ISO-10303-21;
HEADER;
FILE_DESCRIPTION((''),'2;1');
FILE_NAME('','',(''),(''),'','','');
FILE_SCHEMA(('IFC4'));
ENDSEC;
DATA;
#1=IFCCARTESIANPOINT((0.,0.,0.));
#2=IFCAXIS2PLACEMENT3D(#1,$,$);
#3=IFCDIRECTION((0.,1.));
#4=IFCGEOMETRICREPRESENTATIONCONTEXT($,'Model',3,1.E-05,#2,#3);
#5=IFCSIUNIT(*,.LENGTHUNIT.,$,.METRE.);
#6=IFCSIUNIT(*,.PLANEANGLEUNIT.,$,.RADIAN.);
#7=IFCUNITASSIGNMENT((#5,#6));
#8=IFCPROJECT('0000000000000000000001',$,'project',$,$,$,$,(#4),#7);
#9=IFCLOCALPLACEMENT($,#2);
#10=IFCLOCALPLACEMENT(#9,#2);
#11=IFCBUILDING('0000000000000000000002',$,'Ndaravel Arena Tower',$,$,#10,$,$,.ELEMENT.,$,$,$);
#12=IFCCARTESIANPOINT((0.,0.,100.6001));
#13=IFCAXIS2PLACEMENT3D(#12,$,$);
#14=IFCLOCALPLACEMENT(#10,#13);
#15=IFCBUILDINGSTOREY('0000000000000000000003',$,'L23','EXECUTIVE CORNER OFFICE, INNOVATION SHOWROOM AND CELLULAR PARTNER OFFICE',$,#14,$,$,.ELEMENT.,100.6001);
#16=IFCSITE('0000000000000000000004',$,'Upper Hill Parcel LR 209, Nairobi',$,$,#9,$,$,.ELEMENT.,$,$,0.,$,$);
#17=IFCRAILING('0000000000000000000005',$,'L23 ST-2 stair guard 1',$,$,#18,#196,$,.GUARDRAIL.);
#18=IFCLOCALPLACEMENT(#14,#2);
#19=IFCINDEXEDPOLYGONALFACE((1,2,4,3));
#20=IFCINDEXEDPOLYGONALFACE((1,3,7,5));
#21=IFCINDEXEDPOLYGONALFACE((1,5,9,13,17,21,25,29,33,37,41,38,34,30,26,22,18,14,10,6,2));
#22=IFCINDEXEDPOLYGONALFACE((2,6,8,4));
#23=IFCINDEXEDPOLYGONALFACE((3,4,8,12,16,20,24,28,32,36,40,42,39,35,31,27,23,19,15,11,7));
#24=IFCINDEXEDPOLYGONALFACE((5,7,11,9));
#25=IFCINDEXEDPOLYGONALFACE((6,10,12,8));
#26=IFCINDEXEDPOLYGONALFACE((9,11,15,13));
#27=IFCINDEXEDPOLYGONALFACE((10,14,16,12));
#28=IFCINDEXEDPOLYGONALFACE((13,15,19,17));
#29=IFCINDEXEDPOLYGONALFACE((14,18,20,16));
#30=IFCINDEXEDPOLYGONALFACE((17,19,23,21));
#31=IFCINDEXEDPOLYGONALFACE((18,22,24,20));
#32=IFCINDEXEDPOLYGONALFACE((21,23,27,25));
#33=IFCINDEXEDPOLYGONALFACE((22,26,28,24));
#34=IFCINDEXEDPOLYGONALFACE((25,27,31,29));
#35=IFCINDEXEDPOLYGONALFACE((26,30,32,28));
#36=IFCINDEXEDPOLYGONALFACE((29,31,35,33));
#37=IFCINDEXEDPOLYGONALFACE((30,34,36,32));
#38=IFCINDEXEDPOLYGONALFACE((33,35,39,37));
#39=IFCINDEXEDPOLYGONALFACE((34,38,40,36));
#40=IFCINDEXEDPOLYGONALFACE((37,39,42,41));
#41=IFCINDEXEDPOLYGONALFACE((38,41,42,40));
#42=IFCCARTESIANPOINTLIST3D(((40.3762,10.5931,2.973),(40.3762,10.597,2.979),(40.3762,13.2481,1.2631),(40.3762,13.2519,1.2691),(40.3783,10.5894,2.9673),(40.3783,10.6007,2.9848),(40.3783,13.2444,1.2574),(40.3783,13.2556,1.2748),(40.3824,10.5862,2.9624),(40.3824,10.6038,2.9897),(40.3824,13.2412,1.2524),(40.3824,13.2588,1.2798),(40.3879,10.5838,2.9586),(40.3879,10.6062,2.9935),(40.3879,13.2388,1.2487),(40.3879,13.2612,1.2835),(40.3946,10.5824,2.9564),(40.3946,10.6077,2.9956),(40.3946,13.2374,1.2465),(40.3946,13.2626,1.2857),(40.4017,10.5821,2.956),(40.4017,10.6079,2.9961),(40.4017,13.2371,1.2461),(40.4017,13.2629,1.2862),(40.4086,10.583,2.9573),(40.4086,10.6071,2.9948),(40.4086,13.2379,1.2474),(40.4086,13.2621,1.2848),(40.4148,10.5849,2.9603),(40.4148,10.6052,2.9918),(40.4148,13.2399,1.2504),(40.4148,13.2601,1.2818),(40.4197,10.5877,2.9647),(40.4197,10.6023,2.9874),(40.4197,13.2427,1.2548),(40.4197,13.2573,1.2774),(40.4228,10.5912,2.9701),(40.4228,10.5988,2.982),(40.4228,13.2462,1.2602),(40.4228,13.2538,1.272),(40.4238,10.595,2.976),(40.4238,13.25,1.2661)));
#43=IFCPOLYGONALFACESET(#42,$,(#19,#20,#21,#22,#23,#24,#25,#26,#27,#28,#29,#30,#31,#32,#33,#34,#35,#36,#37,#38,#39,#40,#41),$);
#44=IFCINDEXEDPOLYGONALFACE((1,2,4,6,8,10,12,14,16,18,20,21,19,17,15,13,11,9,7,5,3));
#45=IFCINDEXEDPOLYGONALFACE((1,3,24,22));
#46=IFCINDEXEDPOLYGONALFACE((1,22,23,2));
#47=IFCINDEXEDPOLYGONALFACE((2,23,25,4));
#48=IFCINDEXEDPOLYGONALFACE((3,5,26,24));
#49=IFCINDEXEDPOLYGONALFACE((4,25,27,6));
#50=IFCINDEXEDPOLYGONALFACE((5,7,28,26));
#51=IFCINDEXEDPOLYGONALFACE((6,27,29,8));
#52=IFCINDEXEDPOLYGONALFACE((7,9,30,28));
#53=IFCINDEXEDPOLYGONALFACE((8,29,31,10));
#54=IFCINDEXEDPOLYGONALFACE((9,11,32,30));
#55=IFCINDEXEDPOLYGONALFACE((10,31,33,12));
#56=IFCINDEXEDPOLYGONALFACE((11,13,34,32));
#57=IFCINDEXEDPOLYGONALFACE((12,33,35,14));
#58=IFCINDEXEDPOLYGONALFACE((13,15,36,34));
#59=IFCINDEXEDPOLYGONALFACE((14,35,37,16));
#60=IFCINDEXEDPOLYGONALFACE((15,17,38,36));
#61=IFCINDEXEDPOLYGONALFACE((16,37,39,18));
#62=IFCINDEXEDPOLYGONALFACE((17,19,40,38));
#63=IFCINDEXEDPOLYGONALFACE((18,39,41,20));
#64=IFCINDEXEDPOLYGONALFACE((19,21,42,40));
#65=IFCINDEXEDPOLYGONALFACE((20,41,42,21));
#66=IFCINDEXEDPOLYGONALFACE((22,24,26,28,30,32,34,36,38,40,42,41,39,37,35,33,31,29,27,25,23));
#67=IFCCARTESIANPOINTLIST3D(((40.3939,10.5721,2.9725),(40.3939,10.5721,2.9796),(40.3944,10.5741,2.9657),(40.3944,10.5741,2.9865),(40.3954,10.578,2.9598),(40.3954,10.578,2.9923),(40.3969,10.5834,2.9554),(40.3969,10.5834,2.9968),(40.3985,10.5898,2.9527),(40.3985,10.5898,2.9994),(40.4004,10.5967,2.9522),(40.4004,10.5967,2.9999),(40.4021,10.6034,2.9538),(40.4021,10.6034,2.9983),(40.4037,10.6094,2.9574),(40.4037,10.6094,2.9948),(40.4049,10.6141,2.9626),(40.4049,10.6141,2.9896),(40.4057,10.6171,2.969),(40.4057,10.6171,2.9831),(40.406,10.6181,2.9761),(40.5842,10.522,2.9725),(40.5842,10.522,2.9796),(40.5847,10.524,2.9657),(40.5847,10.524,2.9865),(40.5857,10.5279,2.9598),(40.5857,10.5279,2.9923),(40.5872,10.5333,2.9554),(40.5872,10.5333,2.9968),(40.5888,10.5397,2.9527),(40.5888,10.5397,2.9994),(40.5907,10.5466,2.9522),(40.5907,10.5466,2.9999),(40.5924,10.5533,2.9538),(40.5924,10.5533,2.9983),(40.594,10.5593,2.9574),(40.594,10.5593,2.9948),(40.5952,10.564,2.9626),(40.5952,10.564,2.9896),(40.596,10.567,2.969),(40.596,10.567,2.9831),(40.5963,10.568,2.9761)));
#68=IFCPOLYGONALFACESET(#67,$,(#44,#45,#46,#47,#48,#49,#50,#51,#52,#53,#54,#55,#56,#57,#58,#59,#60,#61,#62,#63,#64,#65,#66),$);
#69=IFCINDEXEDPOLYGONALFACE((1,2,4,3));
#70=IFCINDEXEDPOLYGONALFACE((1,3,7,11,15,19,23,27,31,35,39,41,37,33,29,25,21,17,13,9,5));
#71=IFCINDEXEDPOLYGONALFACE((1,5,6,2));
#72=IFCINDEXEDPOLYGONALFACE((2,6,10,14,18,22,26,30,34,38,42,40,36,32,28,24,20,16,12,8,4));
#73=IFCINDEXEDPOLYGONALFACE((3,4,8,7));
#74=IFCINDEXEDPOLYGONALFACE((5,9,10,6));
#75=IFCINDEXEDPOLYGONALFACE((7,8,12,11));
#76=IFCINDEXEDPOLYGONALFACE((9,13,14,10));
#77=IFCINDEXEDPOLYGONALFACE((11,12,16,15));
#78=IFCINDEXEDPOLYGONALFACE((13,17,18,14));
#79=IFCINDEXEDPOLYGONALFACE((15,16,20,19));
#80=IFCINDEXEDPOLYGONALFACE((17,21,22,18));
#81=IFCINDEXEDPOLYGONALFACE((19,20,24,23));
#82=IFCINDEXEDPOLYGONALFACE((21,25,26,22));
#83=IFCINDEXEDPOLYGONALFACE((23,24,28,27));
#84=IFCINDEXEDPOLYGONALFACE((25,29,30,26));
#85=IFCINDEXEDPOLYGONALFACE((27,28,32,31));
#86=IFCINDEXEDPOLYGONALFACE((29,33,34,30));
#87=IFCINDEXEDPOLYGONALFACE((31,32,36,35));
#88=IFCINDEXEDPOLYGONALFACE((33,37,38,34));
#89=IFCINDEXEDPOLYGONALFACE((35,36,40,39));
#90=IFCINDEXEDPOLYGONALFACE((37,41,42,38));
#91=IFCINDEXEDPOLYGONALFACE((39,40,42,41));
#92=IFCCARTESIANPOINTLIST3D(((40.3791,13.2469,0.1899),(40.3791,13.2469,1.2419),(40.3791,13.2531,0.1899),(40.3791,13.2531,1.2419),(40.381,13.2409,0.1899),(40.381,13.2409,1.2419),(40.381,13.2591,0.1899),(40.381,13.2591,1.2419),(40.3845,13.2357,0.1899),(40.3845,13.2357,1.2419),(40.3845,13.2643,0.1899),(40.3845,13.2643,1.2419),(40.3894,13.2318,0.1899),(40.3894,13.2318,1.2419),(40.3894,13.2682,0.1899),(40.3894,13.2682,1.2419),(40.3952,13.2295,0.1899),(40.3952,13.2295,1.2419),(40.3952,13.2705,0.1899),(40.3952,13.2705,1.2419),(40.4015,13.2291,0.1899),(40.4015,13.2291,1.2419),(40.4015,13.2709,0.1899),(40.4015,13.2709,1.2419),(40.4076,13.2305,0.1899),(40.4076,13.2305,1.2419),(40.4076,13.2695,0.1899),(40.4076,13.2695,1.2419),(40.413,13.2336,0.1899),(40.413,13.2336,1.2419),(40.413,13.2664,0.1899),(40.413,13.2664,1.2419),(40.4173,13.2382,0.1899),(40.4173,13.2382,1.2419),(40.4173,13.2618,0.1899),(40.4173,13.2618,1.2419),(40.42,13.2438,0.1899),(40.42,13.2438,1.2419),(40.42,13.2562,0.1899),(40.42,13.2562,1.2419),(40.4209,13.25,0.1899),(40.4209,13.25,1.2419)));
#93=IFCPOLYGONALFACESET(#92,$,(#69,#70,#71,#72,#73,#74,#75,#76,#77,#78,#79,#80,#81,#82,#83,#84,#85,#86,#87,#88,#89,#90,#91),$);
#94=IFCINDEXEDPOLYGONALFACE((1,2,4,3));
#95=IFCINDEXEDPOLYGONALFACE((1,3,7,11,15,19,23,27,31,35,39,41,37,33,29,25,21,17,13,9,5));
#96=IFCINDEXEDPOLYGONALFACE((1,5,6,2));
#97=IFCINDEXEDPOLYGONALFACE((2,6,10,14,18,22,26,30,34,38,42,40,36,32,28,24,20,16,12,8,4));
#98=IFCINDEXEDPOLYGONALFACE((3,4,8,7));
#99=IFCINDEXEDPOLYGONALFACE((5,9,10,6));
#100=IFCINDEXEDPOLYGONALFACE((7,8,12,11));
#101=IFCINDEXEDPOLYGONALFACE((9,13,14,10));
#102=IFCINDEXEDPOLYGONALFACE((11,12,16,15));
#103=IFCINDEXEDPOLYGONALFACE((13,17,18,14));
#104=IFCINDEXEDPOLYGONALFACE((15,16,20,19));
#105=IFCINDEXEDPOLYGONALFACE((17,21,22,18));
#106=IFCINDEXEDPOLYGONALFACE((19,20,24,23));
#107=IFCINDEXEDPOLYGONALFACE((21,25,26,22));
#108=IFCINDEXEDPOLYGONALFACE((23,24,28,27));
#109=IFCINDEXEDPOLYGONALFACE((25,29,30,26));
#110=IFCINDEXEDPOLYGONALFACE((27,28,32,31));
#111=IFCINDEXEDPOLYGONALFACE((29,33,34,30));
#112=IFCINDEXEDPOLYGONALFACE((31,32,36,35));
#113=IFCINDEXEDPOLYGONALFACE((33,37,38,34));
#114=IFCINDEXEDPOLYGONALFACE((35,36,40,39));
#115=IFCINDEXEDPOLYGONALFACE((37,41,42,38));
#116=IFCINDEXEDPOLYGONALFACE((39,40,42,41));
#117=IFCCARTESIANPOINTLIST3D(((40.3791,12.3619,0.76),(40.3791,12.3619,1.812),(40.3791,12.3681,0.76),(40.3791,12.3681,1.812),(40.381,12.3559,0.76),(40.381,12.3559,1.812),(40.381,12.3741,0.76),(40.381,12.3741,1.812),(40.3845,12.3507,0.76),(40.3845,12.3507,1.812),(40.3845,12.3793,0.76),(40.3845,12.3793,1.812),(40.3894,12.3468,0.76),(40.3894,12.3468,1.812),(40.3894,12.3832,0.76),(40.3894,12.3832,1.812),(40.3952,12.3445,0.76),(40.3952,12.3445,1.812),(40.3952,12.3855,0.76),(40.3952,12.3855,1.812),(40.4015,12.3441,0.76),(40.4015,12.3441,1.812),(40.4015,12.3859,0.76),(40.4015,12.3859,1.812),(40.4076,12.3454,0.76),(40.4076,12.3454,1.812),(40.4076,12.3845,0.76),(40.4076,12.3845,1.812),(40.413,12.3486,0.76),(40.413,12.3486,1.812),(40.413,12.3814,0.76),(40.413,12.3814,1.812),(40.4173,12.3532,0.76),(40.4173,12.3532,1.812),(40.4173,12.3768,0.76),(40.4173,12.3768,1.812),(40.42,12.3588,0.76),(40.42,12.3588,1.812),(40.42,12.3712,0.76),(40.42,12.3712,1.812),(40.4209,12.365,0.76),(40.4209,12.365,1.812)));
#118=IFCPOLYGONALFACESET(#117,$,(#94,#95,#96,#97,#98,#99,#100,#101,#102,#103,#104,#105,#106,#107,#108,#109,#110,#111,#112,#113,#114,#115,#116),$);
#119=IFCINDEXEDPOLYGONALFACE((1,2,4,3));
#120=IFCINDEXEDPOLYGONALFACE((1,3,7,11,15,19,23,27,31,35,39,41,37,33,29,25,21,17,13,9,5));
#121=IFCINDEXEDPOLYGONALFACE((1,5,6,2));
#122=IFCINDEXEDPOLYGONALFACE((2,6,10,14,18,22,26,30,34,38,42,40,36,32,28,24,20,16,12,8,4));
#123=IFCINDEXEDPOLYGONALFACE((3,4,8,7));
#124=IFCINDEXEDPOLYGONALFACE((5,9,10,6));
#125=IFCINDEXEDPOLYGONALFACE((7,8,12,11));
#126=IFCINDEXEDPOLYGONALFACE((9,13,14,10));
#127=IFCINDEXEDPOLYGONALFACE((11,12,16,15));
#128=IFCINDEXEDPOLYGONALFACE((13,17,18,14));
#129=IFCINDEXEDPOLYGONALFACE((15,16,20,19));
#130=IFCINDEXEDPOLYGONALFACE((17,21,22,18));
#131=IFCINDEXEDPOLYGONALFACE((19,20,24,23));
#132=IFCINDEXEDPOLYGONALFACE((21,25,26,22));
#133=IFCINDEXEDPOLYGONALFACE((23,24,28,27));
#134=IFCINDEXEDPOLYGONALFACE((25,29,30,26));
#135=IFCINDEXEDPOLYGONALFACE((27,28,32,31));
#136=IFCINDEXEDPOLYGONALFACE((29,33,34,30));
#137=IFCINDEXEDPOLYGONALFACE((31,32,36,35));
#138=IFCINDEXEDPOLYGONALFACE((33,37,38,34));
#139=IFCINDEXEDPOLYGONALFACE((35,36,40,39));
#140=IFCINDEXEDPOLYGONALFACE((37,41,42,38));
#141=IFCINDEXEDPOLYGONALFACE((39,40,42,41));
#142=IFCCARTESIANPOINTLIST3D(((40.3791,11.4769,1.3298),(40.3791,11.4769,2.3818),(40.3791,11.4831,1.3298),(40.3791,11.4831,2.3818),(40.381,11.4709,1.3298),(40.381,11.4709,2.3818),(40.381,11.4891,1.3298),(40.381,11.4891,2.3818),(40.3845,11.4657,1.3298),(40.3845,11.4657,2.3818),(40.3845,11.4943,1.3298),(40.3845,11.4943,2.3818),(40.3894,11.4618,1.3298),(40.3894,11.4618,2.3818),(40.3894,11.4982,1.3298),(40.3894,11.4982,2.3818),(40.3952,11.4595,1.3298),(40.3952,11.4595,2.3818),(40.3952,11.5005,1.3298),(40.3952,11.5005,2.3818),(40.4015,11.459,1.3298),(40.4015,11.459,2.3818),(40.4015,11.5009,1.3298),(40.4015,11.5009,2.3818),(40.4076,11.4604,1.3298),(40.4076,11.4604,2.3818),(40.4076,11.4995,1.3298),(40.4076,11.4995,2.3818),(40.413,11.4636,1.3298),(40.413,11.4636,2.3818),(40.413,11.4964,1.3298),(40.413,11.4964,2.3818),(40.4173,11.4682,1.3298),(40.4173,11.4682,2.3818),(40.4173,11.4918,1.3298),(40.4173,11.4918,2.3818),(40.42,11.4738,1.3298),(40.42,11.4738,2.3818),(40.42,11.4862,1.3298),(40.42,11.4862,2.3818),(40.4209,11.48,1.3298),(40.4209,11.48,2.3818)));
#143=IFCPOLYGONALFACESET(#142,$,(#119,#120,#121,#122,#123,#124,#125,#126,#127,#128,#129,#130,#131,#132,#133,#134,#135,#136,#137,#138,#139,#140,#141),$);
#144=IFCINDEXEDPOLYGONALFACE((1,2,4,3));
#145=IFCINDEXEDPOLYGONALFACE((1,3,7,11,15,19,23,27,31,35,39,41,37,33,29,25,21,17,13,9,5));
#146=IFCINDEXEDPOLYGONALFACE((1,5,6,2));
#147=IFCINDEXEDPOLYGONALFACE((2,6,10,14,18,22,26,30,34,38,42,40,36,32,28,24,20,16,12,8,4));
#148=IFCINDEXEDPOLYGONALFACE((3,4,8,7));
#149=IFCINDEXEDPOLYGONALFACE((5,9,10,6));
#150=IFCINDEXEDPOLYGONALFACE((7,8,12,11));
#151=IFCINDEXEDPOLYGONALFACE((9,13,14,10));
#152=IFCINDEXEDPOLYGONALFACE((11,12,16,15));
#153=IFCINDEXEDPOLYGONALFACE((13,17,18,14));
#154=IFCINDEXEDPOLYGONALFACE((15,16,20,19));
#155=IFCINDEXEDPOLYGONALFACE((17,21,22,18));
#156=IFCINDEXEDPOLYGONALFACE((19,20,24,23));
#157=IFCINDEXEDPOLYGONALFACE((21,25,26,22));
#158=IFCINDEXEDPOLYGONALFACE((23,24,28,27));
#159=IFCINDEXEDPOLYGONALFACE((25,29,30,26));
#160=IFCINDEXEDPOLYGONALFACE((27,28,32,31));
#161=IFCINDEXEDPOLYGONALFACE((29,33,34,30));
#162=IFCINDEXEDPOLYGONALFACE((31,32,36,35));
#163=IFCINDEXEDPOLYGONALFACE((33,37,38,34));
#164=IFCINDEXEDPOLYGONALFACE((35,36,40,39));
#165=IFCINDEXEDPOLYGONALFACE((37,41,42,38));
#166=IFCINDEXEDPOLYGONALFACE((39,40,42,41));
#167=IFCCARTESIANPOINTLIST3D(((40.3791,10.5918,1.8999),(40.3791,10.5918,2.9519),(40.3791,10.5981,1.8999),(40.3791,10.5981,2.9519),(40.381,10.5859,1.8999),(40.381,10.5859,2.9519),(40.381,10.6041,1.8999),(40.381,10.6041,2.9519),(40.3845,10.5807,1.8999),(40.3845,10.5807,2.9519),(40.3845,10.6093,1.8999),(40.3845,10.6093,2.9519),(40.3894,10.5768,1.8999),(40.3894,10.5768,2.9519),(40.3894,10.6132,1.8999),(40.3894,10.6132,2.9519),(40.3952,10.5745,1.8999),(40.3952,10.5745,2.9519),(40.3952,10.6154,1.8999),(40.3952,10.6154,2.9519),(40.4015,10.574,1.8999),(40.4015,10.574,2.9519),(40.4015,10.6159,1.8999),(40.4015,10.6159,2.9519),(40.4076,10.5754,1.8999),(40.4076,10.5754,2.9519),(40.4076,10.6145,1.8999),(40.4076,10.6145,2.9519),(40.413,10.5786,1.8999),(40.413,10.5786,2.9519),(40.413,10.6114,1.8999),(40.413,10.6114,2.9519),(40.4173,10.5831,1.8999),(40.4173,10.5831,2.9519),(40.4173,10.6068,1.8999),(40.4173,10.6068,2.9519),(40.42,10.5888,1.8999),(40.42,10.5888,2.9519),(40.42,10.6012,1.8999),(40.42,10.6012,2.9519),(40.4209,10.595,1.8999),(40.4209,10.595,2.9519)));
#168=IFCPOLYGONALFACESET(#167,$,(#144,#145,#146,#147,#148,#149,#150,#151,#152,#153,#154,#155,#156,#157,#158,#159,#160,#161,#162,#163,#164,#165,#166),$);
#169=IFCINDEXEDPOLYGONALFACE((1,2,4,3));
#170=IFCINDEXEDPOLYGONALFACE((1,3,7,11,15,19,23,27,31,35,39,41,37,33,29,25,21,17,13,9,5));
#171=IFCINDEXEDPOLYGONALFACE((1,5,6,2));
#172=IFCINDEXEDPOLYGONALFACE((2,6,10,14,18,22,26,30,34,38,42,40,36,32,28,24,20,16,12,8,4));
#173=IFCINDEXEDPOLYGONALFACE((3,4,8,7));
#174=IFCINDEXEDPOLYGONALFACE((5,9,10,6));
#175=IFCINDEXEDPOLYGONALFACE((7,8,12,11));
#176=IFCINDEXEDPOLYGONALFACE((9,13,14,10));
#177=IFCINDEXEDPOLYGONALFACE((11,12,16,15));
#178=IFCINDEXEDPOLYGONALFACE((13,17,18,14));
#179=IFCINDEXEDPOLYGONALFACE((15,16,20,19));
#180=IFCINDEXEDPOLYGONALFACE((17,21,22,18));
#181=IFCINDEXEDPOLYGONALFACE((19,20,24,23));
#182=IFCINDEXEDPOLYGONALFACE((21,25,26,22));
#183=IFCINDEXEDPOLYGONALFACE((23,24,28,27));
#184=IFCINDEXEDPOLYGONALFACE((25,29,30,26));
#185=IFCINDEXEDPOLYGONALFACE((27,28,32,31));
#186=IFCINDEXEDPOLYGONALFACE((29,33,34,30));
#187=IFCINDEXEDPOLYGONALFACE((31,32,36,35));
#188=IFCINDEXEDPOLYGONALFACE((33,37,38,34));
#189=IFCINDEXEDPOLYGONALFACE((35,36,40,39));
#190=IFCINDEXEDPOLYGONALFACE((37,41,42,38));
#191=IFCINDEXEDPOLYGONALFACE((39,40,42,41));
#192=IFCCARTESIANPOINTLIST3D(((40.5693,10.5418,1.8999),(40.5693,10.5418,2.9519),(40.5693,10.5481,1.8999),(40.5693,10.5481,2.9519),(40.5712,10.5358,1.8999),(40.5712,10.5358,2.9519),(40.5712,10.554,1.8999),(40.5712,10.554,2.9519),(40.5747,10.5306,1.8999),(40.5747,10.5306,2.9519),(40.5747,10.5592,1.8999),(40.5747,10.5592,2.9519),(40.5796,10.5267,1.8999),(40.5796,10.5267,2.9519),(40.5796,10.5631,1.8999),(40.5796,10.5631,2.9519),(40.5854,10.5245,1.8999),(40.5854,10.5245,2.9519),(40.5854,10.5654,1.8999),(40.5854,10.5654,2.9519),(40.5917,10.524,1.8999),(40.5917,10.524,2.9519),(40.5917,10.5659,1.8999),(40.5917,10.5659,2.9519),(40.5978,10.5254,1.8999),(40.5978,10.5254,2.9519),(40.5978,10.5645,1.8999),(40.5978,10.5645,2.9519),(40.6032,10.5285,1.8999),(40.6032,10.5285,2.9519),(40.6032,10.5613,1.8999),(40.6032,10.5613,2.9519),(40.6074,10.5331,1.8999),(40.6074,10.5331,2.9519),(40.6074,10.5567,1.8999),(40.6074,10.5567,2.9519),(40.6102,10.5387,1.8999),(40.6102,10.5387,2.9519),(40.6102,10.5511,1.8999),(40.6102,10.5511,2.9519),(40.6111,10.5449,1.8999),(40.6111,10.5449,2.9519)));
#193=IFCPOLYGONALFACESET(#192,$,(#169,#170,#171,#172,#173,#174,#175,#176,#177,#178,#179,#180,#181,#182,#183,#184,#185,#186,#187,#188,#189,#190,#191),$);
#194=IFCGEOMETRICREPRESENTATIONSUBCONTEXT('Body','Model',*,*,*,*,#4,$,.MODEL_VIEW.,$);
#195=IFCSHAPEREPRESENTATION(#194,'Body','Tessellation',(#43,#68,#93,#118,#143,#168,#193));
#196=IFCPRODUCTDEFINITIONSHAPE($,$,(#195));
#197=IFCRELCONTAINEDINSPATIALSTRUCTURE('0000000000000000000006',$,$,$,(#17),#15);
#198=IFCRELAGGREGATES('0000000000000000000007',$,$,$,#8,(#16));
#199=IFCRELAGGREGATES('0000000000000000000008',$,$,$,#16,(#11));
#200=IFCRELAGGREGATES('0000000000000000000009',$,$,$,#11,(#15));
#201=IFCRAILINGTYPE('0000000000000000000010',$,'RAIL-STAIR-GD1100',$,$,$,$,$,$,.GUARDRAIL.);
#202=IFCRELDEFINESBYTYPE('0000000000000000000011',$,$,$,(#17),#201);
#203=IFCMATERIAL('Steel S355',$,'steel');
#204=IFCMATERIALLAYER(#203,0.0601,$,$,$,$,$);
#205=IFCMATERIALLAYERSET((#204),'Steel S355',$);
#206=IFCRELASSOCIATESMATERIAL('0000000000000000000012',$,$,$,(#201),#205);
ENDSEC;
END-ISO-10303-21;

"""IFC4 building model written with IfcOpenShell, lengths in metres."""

from ifc_helpers import new_model, si_unit, direction, frame, origin, origin_2d, place, context, subcontext, project, spatial, circle, extrude, material, layer, layer_set, type_object, element, save


model = new_model("IFC4")

# Units and contexts
model_context = context("Model", 3, precision=1e-05, world=origin(), true_north=direction((0.0, 1.0)))
body_context = subcontext(model_context, "Body", "Model", "MODEL_VIEW")
ifc_project = project(units=[si_unit("LENGTHUNIT", "METRE"), si_unit("PLANEANGLEUNIT", "RADIAN")], contexts=[model_context])

# Site, building, storey
site_placement = place(None, origin())
site = spatial("IfcSite", under=ifc_project, at=site_placement, Name="Upper Hill Parcel LR 209, Nairobi", CompositionType="ELEMENT", RefElevation=0.0)
building_placement = place(site_placement, origin())
building = spatial("IfcBuilding", under=site, at=building_placement, Name="Ndaravel Arena Tower", CompositionType="ELEMENT")
storey_placement = place(building_placement, frame((0.0, 0.0, 100.6001)))
storey = spatial("IfcBuildingStorey", under=building, at=storey_placement, Name="L23", Description="EXECUTIVE CORNER OFFICE, INNOVATION SHOWROOM AND CELLULAR PARTNER OFFICE", CompositionType="ELEMENT", Elevation=100.6001)

# Railing
ifc_material_1 = material(Name="Steel S355", Category="steel")
ifc_layer_1 = layer(ifc_material_1, 0.0601)
ifc_layer_set_1 = layer_set([ifc_layer_1], Name="Steel S355")
railing_type_1 = type_object("IfcRailingType", Name="RAIL-STAIR-GD1100", PredefinedType="GUARDRAIL", material=ifc_layer_set_1)
railing_1_placement = place(storey_placement, frame((40.3999, 13.25, 0.1899)))
element("IfcRailing", 1, at=railing_1_placement, inside=storey, type_object=railing_type_1, Name="L23 ST-2 stair guard 1", PredefinedType="GUARDRAIL", context=body_context, shape_type="SweptSolid", body=[
    extrude(circle(Radius=0.0239, at=origin_2d()), frame((0.0, 0.0, 1.0762), z_axis=(0.0, -0.840724, 0.541465), x_axis=(1.0, 0.0, 0.0)), (0.0, 0.0, 1.0), 3.158),
    extrude(circle(Radius=0.0239, at=origin_2d()), frame((0.0, -2.655, 2.7861), z_axis=(0.967075, -0.254493, 0.0), x_axis=(0.254493, 0.967075, 0.0)), (0.0, 0.0, 1.0), 0.1968),
    extrude(circle(Radius=0.021, at=origin_2d()), origin(), (0.0, 0.0, 1.0), 1.052),
    extrude(circle(Radius=0.021, at=origin_2d()), frame((0.0, -0.885, 0.5701)), (0.0, 0.0, 1.0), 1.052),
    extrude(circle(Radius=0.021, at=origin_2d()), frame((0.0, -1.77, 1.1399)), (0.0, 0.0, 1.0), 1.052),
    extrude(circle(Radius=0.021, at=origin_2d()), frame((0.0, -2.655, 1.71)), (0.0, 0.0, 1.0), 1.052),
    extrude(circle(Radius=0.021, at=origin_2d()), frame((0.1902, -2.7051, 1.71)), (0.0, 0.0, 1.0), 1.052),
])

save(model, "model.ifc")
